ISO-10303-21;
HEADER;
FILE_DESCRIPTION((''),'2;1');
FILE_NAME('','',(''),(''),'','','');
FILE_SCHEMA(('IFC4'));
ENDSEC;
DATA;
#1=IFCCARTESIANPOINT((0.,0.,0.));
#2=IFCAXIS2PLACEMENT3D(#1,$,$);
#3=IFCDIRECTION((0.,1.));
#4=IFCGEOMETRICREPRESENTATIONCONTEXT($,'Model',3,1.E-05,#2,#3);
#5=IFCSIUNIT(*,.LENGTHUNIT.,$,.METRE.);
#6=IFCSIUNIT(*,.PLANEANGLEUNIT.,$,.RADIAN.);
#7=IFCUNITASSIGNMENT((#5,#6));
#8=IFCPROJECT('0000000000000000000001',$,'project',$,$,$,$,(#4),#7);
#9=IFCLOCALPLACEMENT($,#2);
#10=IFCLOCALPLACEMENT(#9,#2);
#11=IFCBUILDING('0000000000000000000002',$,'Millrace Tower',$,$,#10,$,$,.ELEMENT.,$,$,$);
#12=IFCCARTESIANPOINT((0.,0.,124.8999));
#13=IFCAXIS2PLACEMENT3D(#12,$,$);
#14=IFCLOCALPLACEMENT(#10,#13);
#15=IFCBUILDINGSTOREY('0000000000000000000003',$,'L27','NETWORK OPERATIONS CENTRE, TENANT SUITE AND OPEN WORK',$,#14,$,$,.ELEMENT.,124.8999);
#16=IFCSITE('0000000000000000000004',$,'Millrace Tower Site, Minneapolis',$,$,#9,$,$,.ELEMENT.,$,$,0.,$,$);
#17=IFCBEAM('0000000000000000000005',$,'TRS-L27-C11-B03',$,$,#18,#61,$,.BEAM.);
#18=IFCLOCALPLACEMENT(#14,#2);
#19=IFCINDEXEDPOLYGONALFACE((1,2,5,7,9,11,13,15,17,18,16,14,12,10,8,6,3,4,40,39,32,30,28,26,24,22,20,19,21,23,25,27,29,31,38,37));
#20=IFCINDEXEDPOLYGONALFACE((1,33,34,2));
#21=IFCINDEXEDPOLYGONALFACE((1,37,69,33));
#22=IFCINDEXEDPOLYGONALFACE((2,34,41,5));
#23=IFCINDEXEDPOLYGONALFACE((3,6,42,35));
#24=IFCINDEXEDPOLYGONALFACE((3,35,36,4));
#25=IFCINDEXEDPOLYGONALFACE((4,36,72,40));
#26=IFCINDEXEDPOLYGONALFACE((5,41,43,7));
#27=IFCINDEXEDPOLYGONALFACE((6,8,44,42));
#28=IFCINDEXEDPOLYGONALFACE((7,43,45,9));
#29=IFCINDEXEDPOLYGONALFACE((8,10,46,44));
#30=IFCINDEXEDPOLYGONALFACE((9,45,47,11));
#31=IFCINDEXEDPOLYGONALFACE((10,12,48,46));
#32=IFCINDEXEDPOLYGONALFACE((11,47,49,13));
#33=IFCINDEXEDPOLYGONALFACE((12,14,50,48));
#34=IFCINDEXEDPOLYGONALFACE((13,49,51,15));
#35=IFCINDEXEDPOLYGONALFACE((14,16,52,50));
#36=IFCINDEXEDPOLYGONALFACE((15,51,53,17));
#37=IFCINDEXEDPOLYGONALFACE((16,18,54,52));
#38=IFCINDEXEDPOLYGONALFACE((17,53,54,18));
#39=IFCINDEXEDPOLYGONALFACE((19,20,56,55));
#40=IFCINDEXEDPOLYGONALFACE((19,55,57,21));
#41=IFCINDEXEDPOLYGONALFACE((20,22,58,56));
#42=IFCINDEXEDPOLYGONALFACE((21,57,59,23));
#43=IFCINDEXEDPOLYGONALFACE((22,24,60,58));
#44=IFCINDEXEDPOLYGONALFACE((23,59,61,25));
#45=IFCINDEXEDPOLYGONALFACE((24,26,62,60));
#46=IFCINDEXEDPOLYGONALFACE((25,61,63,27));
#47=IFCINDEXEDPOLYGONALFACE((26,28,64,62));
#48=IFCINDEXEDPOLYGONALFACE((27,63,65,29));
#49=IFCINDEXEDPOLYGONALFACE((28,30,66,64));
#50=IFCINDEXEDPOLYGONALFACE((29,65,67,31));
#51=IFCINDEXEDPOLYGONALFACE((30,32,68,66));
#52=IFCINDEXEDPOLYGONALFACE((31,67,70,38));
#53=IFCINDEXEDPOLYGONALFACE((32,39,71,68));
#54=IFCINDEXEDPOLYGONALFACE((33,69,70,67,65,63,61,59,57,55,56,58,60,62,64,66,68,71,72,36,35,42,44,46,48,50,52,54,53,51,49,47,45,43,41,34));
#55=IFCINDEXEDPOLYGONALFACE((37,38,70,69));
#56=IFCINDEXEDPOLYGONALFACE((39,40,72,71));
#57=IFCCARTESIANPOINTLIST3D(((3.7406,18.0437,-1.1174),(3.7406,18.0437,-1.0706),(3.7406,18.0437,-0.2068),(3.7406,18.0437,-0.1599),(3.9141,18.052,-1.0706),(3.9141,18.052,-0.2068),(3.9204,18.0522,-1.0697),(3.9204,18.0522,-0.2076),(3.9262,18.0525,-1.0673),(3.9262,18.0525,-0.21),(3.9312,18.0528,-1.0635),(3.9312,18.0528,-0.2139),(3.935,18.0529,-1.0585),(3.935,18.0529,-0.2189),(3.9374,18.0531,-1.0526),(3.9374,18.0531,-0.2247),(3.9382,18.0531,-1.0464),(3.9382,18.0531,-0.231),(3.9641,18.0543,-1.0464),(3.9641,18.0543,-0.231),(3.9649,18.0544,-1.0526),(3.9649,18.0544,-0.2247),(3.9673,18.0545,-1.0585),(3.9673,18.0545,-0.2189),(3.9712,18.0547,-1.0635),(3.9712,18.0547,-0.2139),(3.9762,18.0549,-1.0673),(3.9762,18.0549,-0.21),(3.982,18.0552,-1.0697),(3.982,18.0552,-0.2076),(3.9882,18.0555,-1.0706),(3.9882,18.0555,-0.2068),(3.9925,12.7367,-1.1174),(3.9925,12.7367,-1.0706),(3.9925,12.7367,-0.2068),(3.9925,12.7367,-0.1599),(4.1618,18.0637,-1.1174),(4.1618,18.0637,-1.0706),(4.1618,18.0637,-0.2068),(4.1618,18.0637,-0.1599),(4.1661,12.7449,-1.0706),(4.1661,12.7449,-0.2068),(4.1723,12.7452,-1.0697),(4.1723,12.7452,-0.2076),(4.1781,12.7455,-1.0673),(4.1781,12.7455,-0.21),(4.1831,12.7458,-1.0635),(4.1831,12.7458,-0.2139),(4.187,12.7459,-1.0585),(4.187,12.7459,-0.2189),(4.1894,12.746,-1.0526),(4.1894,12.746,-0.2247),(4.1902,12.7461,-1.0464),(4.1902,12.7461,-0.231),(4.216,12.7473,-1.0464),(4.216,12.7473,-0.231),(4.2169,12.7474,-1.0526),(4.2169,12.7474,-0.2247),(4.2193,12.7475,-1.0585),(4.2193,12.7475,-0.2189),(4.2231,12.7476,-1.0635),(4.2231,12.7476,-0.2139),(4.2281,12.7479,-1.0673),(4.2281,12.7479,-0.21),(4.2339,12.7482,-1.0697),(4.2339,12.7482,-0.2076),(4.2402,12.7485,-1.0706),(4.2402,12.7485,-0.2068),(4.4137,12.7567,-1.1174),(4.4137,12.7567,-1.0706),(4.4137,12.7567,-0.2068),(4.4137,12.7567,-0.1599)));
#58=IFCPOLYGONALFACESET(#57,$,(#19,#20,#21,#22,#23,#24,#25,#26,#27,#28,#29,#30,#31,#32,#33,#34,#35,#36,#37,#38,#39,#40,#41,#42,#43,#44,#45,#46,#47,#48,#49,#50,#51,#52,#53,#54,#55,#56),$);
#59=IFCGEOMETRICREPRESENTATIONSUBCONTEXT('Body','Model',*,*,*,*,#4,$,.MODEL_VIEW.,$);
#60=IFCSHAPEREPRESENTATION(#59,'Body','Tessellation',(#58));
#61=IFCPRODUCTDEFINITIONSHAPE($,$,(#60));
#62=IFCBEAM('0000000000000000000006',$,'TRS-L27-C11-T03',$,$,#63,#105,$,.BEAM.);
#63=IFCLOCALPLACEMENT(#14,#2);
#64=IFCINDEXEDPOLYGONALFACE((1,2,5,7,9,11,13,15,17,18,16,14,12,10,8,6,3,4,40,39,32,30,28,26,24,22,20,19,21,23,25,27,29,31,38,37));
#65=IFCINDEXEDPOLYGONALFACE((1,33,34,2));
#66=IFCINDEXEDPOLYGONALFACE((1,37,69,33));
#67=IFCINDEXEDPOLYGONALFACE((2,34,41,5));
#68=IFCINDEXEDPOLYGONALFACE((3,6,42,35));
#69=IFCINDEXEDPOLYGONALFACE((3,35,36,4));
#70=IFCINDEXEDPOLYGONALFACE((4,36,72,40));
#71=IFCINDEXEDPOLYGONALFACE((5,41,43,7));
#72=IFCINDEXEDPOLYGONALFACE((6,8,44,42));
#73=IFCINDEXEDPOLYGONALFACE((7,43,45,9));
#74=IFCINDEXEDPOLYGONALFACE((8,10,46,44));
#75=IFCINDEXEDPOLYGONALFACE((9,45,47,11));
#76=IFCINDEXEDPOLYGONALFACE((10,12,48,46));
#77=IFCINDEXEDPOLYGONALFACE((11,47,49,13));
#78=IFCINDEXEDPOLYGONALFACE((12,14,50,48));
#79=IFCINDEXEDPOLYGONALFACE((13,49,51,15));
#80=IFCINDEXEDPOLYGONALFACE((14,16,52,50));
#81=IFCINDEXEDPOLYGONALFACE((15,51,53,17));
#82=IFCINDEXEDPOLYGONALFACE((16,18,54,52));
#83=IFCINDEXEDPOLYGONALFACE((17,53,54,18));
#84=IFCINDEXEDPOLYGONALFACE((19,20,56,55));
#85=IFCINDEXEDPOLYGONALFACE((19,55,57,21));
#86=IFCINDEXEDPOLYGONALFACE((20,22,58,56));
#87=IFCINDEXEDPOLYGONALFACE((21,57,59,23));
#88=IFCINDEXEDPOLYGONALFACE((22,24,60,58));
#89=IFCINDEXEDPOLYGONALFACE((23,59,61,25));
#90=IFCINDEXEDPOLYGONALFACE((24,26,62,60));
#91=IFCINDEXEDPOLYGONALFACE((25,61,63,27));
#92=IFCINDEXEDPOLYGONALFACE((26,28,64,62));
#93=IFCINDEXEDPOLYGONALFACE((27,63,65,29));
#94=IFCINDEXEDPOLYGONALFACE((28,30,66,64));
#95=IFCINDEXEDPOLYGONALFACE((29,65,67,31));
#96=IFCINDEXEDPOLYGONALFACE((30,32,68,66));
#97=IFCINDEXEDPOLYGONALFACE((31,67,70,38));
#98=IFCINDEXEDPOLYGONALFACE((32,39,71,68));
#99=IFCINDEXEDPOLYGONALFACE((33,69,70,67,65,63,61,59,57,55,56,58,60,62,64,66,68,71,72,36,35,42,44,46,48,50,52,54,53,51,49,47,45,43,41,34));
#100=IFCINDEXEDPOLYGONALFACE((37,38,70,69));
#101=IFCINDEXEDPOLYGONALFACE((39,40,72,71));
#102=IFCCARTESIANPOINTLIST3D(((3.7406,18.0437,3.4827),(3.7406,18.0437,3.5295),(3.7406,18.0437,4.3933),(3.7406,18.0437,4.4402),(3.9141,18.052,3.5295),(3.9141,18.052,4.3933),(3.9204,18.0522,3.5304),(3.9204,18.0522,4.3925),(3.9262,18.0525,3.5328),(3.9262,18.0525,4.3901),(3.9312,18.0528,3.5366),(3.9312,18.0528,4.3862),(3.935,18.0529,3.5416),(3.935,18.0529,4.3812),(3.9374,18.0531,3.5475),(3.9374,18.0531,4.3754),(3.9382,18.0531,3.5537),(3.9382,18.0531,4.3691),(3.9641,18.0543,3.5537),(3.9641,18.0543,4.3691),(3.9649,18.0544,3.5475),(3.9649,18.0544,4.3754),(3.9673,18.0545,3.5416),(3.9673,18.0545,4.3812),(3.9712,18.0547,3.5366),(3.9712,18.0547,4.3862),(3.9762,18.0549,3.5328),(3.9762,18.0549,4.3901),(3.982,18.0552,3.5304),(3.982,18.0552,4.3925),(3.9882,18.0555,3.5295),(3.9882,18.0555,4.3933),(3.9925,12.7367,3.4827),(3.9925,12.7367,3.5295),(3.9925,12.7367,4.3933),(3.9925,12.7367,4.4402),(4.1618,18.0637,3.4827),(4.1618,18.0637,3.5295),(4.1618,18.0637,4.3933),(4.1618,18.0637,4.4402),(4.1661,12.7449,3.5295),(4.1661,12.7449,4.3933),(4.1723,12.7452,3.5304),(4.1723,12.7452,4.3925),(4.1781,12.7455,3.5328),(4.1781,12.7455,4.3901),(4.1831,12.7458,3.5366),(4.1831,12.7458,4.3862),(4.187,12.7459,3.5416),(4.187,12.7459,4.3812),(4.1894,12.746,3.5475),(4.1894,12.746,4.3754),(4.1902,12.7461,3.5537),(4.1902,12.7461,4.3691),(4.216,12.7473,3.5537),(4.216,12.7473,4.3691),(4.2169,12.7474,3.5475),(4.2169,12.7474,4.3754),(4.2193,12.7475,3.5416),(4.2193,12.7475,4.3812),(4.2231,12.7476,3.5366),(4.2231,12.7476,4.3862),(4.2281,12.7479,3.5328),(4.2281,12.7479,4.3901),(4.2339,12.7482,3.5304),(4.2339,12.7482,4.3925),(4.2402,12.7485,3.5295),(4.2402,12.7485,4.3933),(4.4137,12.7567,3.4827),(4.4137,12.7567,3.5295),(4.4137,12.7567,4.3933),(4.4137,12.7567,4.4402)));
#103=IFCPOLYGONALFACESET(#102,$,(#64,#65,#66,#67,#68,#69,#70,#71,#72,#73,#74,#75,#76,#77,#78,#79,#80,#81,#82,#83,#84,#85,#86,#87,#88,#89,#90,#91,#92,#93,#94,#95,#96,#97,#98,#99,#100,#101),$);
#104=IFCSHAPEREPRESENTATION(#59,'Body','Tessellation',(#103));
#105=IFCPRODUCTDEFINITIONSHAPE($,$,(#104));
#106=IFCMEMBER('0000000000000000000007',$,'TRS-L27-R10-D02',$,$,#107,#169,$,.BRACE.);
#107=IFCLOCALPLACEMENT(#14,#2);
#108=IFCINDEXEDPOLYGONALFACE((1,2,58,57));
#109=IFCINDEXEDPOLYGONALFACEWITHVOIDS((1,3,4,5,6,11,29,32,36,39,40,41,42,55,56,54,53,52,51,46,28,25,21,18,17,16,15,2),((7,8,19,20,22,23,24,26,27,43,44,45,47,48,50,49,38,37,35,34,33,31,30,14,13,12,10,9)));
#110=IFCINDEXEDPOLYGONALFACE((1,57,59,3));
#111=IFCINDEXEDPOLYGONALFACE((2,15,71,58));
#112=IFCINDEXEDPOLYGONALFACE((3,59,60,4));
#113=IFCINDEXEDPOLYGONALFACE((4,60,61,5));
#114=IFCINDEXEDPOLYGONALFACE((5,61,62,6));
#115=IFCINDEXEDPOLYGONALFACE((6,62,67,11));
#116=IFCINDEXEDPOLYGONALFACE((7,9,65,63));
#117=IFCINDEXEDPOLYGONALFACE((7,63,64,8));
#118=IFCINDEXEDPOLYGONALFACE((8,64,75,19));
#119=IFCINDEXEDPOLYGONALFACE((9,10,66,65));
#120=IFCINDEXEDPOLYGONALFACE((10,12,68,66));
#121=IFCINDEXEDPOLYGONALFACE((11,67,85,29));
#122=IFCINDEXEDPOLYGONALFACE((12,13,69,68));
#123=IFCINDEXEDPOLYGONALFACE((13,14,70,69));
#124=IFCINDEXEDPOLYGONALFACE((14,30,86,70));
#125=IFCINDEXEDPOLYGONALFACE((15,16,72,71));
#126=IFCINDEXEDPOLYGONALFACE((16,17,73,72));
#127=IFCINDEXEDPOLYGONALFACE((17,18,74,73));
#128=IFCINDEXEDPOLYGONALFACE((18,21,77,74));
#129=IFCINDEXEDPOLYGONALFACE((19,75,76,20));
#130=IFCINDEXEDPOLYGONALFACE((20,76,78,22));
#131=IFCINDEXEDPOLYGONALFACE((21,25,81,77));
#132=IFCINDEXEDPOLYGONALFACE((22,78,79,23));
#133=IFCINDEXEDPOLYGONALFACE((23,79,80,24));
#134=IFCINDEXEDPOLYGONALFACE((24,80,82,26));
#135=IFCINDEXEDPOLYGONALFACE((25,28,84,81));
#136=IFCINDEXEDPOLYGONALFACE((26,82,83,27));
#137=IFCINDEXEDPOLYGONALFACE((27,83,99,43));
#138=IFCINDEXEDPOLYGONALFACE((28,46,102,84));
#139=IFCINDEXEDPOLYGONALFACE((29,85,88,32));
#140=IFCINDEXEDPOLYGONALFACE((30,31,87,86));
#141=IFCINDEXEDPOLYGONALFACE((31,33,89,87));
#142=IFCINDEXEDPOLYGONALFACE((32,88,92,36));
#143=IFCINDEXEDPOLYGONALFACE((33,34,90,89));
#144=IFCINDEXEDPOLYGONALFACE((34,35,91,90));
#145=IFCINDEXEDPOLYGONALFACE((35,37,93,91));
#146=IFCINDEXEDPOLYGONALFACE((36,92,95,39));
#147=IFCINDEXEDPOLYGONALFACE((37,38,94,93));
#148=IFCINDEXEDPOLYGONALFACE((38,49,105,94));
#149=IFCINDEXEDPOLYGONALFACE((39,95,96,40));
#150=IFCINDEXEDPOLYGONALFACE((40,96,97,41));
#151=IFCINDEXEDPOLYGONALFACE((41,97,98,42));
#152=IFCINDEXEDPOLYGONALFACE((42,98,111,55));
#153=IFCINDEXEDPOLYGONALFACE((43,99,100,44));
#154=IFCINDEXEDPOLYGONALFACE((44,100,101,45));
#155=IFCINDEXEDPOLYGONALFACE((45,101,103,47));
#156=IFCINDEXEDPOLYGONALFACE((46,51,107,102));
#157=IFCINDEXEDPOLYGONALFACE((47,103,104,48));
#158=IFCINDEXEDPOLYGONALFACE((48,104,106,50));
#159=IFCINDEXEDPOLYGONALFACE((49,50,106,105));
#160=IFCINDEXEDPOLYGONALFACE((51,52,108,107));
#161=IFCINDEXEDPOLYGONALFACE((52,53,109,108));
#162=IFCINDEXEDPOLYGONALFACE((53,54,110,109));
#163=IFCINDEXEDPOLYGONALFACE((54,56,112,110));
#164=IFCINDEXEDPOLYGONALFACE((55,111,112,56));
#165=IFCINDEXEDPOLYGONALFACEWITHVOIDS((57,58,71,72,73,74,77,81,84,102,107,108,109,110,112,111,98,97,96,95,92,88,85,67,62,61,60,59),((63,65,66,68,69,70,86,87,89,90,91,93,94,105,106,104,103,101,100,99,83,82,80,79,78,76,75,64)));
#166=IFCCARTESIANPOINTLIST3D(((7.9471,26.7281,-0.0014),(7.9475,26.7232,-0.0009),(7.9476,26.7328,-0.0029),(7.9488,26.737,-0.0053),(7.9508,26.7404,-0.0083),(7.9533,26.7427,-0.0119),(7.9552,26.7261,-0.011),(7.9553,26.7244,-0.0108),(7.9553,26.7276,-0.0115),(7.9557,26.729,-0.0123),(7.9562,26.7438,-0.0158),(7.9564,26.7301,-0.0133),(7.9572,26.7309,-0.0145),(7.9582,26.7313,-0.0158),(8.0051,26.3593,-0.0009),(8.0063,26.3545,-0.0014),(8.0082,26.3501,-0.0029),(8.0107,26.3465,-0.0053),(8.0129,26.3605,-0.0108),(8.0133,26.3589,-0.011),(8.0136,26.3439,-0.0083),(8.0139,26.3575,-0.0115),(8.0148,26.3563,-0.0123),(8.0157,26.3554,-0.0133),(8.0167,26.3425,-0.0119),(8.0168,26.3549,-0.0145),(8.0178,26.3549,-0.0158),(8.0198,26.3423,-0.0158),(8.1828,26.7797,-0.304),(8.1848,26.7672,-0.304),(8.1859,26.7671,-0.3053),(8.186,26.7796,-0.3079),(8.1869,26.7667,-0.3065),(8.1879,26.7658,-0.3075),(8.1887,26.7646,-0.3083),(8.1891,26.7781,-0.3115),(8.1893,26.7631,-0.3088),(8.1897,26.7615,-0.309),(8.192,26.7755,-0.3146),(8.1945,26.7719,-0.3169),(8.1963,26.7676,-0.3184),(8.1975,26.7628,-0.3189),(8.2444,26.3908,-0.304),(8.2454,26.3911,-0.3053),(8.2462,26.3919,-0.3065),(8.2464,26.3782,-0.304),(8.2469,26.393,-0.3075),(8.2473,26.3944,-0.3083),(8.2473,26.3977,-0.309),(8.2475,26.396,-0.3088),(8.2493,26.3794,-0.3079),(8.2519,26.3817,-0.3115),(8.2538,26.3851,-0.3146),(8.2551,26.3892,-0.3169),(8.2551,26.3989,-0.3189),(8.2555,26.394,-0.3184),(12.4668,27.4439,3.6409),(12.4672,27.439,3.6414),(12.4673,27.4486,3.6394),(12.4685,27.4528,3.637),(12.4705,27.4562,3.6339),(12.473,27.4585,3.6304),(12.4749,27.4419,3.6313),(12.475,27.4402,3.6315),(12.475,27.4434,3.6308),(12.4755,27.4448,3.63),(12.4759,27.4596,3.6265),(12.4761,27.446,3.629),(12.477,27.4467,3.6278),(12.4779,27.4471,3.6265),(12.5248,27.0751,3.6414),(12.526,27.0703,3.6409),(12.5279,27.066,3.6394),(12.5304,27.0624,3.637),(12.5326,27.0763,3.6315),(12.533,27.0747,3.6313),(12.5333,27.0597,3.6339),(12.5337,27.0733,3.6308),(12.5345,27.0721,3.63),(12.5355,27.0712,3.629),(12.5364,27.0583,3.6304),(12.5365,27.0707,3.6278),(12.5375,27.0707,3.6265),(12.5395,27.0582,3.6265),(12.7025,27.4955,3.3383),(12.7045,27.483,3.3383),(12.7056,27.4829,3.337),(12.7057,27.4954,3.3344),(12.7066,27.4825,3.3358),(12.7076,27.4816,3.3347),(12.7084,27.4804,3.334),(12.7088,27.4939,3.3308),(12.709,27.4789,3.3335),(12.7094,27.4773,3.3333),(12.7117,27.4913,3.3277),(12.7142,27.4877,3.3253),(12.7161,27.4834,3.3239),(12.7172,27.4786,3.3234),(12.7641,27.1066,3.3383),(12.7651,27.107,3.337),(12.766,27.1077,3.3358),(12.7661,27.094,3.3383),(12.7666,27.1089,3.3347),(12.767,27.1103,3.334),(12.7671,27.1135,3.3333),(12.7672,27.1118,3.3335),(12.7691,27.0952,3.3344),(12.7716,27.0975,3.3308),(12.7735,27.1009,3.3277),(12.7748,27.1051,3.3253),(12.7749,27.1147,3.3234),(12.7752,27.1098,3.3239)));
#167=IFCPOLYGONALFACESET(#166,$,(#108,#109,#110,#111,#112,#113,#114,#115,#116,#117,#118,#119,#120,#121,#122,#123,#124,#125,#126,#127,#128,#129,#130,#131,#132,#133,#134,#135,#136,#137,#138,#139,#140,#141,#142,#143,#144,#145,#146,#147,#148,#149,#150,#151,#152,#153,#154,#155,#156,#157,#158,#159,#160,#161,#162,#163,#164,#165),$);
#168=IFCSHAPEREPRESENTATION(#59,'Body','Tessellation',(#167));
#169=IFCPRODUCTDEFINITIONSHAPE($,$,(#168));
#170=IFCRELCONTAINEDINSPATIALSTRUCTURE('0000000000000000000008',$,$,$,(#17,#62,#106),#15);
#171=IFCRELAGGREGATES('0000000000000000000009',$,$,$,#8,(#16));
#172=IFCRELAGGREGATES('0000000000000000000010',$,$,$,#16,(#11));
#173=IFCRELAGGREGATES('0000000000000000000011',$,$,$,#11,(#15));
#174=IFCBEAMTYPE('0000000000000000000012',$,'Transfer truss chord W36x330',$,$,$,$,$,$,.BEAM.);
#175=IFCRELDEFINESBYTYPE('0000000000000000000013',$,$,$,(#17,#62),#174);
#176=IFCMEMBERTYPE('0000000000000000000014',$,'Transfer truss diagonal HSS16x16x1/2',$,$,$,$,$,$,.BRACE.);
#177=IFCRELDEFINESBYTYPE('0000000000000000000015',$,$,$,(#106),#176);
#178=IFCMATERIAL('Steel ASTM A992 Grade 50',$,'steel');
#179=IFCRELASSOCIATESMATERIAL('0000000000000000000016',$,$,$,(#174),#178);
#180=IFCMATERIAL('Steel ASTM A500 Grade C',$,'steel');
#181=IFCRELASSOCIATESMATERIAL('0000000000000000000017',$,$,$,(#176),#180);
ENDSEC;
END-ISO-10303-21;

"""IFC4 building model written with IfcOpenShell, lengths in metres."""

from ifc_helpers import new_model, si_unit, direction, frame, origin, origin_2d, place, context, subcontext, project, spatial, hollow_rectangle, i_section, extrude, material, material_profile, profile_set, type_object, element, save


model = new_model("IFC4")

# Units and contexts
model_context = context("Model", 3, precision=1e-05, world=origin(), true_north=direction((0.0, 1.0)))
body_context = subcontext(model_context, "Body", "Model", "MODEL_VIEW")
ifc_project = project(units=[si_unit("LENGTHUNIT", "METRE"), si_unit("PLANEANGLEUNIT", "RADIAN")], contexts=[model_context])

# Site, building, storey
site_placement = place(None, origin())
site = spatial("IfcSite", under=ifc_project, at=site_placement, Name="Millrace Tower Site, Minneapolis", CompositionType="ELEMENT", RefElevation=0.0)
building_placement = place(site_placement, origin())
building = spatial("IfcBuilding", under=site, at=building_placement, Name="Millrace Tower", CompositionType="ELEMENT")
storey_placement = place(building_placement, frame((0.0, 0.0, 124.8999)))
storey = spatial("IfcBuildingStorey", under=building, at=storey_placement, Name="L27", Description="NETWORK OPERATIONS CENTRE, TENANT SUITE AND OPEN WORK", CompositionType="ELEMENT", Elevation=124.8999)

# Beams
ifc_material_1 = material(Name="Steel ASTM A992 Grade 50", Category="steel")
ifc_material_profile_1 = material_profile(ifc_material_1, i_section(OverallWidth=0.4216, OverallDepth=0.9575, WebThickness=0.0259, FlangeThickness=0.0469, FilletRadius=0.0242, at=origin_2d()))
ifc_profile_set_1 = profile_set([ifc_material_profile_1], Name="Steel ASTM A992 Grade 50")
beam_type_1 = type_object("IfcBeamType", Name="Transfer truss chord W36x330", PredefinedType="BEAM", material=ifc_profile_set_1)
for number, where, z_axis, x_axis, name in (
    (1, (3.9512, 18.0537, -0.6387), (0.047421, -0.998875, 0.0), (0.998875, 0.047421, 0.0), "TRS-L27-C11-B03"),
    (2, (3.9512, 18.0537, 3.9614), (0.047421, -0.998875, 0.0), (0.998875, 0.047421, 0.0), "TRS-L27-C11-T03"),
):
    element("IfcBeam", number, at=place(storey_placement, frame(where, z_axis=z_axis, x_axis=x_axis)), inside=storey, type_object=beam_type_1, Name=name, PredefinedType="BEAM", context=body_context, shape_type="SweptSolid", body=[
        extrude(i_section(OverallWidth=0.4216, OverallDepth=0.9575, WebThickness=0.0259, FlangeThickness=0.0469, FilletRadius=0.0242, at=origin_2d()), origin(), (0.0, 0.0, 1.0), 5.313),
    ])

# Member
ifc_material_2 = material(Name="Steel ASTM A500 Grade C", Category="steel")
ifc_material_profile_2 = material_profile(ifc_material_2, hollow_rectangle(XDim=0.4065, YDim=0.4065, WallThickness=0.0127, InnerFilletRadius=0.0063, OuterFilletRadius=0.019, at=origin_2d()))
ifc_profile_set_2 = profile_set([ifc_material_profile_2], Name="Steel ASTM A500 Grade C")
member_type_1 = type_object("IfcMemberType", Name="Transfer truss diagonal HSS16x16x1/2", PredefinedType="BRACE", material=ifc_profile_set_2)
member_1_placement = place(storey_placement, frame((8.1013, 26.561, -0.1599), z_axis=(0.772782, 0.12239, 0.622759), x_axis=(-0.156426, 0.98769, 0.0)))
element("IfcMember", 3, at=member_1_placement, inside=storey, type_object=member_type_1, Name="TRS-L27-R10-D02", PredefinedType="BRACE", context=body_context, shape_type="SweptSolid", body=[
    extrude(hollow_rectangle(XDim=0.4065, YDim=0.4065, WallThickness=0.0127, InnerFilletRadius=0.0063, OuterFilletRadius=0.019, at=origin_2d()), origin(), (0.0, 0.0, 1.0), 5.8486),
])

save(model, "model.ifc")
